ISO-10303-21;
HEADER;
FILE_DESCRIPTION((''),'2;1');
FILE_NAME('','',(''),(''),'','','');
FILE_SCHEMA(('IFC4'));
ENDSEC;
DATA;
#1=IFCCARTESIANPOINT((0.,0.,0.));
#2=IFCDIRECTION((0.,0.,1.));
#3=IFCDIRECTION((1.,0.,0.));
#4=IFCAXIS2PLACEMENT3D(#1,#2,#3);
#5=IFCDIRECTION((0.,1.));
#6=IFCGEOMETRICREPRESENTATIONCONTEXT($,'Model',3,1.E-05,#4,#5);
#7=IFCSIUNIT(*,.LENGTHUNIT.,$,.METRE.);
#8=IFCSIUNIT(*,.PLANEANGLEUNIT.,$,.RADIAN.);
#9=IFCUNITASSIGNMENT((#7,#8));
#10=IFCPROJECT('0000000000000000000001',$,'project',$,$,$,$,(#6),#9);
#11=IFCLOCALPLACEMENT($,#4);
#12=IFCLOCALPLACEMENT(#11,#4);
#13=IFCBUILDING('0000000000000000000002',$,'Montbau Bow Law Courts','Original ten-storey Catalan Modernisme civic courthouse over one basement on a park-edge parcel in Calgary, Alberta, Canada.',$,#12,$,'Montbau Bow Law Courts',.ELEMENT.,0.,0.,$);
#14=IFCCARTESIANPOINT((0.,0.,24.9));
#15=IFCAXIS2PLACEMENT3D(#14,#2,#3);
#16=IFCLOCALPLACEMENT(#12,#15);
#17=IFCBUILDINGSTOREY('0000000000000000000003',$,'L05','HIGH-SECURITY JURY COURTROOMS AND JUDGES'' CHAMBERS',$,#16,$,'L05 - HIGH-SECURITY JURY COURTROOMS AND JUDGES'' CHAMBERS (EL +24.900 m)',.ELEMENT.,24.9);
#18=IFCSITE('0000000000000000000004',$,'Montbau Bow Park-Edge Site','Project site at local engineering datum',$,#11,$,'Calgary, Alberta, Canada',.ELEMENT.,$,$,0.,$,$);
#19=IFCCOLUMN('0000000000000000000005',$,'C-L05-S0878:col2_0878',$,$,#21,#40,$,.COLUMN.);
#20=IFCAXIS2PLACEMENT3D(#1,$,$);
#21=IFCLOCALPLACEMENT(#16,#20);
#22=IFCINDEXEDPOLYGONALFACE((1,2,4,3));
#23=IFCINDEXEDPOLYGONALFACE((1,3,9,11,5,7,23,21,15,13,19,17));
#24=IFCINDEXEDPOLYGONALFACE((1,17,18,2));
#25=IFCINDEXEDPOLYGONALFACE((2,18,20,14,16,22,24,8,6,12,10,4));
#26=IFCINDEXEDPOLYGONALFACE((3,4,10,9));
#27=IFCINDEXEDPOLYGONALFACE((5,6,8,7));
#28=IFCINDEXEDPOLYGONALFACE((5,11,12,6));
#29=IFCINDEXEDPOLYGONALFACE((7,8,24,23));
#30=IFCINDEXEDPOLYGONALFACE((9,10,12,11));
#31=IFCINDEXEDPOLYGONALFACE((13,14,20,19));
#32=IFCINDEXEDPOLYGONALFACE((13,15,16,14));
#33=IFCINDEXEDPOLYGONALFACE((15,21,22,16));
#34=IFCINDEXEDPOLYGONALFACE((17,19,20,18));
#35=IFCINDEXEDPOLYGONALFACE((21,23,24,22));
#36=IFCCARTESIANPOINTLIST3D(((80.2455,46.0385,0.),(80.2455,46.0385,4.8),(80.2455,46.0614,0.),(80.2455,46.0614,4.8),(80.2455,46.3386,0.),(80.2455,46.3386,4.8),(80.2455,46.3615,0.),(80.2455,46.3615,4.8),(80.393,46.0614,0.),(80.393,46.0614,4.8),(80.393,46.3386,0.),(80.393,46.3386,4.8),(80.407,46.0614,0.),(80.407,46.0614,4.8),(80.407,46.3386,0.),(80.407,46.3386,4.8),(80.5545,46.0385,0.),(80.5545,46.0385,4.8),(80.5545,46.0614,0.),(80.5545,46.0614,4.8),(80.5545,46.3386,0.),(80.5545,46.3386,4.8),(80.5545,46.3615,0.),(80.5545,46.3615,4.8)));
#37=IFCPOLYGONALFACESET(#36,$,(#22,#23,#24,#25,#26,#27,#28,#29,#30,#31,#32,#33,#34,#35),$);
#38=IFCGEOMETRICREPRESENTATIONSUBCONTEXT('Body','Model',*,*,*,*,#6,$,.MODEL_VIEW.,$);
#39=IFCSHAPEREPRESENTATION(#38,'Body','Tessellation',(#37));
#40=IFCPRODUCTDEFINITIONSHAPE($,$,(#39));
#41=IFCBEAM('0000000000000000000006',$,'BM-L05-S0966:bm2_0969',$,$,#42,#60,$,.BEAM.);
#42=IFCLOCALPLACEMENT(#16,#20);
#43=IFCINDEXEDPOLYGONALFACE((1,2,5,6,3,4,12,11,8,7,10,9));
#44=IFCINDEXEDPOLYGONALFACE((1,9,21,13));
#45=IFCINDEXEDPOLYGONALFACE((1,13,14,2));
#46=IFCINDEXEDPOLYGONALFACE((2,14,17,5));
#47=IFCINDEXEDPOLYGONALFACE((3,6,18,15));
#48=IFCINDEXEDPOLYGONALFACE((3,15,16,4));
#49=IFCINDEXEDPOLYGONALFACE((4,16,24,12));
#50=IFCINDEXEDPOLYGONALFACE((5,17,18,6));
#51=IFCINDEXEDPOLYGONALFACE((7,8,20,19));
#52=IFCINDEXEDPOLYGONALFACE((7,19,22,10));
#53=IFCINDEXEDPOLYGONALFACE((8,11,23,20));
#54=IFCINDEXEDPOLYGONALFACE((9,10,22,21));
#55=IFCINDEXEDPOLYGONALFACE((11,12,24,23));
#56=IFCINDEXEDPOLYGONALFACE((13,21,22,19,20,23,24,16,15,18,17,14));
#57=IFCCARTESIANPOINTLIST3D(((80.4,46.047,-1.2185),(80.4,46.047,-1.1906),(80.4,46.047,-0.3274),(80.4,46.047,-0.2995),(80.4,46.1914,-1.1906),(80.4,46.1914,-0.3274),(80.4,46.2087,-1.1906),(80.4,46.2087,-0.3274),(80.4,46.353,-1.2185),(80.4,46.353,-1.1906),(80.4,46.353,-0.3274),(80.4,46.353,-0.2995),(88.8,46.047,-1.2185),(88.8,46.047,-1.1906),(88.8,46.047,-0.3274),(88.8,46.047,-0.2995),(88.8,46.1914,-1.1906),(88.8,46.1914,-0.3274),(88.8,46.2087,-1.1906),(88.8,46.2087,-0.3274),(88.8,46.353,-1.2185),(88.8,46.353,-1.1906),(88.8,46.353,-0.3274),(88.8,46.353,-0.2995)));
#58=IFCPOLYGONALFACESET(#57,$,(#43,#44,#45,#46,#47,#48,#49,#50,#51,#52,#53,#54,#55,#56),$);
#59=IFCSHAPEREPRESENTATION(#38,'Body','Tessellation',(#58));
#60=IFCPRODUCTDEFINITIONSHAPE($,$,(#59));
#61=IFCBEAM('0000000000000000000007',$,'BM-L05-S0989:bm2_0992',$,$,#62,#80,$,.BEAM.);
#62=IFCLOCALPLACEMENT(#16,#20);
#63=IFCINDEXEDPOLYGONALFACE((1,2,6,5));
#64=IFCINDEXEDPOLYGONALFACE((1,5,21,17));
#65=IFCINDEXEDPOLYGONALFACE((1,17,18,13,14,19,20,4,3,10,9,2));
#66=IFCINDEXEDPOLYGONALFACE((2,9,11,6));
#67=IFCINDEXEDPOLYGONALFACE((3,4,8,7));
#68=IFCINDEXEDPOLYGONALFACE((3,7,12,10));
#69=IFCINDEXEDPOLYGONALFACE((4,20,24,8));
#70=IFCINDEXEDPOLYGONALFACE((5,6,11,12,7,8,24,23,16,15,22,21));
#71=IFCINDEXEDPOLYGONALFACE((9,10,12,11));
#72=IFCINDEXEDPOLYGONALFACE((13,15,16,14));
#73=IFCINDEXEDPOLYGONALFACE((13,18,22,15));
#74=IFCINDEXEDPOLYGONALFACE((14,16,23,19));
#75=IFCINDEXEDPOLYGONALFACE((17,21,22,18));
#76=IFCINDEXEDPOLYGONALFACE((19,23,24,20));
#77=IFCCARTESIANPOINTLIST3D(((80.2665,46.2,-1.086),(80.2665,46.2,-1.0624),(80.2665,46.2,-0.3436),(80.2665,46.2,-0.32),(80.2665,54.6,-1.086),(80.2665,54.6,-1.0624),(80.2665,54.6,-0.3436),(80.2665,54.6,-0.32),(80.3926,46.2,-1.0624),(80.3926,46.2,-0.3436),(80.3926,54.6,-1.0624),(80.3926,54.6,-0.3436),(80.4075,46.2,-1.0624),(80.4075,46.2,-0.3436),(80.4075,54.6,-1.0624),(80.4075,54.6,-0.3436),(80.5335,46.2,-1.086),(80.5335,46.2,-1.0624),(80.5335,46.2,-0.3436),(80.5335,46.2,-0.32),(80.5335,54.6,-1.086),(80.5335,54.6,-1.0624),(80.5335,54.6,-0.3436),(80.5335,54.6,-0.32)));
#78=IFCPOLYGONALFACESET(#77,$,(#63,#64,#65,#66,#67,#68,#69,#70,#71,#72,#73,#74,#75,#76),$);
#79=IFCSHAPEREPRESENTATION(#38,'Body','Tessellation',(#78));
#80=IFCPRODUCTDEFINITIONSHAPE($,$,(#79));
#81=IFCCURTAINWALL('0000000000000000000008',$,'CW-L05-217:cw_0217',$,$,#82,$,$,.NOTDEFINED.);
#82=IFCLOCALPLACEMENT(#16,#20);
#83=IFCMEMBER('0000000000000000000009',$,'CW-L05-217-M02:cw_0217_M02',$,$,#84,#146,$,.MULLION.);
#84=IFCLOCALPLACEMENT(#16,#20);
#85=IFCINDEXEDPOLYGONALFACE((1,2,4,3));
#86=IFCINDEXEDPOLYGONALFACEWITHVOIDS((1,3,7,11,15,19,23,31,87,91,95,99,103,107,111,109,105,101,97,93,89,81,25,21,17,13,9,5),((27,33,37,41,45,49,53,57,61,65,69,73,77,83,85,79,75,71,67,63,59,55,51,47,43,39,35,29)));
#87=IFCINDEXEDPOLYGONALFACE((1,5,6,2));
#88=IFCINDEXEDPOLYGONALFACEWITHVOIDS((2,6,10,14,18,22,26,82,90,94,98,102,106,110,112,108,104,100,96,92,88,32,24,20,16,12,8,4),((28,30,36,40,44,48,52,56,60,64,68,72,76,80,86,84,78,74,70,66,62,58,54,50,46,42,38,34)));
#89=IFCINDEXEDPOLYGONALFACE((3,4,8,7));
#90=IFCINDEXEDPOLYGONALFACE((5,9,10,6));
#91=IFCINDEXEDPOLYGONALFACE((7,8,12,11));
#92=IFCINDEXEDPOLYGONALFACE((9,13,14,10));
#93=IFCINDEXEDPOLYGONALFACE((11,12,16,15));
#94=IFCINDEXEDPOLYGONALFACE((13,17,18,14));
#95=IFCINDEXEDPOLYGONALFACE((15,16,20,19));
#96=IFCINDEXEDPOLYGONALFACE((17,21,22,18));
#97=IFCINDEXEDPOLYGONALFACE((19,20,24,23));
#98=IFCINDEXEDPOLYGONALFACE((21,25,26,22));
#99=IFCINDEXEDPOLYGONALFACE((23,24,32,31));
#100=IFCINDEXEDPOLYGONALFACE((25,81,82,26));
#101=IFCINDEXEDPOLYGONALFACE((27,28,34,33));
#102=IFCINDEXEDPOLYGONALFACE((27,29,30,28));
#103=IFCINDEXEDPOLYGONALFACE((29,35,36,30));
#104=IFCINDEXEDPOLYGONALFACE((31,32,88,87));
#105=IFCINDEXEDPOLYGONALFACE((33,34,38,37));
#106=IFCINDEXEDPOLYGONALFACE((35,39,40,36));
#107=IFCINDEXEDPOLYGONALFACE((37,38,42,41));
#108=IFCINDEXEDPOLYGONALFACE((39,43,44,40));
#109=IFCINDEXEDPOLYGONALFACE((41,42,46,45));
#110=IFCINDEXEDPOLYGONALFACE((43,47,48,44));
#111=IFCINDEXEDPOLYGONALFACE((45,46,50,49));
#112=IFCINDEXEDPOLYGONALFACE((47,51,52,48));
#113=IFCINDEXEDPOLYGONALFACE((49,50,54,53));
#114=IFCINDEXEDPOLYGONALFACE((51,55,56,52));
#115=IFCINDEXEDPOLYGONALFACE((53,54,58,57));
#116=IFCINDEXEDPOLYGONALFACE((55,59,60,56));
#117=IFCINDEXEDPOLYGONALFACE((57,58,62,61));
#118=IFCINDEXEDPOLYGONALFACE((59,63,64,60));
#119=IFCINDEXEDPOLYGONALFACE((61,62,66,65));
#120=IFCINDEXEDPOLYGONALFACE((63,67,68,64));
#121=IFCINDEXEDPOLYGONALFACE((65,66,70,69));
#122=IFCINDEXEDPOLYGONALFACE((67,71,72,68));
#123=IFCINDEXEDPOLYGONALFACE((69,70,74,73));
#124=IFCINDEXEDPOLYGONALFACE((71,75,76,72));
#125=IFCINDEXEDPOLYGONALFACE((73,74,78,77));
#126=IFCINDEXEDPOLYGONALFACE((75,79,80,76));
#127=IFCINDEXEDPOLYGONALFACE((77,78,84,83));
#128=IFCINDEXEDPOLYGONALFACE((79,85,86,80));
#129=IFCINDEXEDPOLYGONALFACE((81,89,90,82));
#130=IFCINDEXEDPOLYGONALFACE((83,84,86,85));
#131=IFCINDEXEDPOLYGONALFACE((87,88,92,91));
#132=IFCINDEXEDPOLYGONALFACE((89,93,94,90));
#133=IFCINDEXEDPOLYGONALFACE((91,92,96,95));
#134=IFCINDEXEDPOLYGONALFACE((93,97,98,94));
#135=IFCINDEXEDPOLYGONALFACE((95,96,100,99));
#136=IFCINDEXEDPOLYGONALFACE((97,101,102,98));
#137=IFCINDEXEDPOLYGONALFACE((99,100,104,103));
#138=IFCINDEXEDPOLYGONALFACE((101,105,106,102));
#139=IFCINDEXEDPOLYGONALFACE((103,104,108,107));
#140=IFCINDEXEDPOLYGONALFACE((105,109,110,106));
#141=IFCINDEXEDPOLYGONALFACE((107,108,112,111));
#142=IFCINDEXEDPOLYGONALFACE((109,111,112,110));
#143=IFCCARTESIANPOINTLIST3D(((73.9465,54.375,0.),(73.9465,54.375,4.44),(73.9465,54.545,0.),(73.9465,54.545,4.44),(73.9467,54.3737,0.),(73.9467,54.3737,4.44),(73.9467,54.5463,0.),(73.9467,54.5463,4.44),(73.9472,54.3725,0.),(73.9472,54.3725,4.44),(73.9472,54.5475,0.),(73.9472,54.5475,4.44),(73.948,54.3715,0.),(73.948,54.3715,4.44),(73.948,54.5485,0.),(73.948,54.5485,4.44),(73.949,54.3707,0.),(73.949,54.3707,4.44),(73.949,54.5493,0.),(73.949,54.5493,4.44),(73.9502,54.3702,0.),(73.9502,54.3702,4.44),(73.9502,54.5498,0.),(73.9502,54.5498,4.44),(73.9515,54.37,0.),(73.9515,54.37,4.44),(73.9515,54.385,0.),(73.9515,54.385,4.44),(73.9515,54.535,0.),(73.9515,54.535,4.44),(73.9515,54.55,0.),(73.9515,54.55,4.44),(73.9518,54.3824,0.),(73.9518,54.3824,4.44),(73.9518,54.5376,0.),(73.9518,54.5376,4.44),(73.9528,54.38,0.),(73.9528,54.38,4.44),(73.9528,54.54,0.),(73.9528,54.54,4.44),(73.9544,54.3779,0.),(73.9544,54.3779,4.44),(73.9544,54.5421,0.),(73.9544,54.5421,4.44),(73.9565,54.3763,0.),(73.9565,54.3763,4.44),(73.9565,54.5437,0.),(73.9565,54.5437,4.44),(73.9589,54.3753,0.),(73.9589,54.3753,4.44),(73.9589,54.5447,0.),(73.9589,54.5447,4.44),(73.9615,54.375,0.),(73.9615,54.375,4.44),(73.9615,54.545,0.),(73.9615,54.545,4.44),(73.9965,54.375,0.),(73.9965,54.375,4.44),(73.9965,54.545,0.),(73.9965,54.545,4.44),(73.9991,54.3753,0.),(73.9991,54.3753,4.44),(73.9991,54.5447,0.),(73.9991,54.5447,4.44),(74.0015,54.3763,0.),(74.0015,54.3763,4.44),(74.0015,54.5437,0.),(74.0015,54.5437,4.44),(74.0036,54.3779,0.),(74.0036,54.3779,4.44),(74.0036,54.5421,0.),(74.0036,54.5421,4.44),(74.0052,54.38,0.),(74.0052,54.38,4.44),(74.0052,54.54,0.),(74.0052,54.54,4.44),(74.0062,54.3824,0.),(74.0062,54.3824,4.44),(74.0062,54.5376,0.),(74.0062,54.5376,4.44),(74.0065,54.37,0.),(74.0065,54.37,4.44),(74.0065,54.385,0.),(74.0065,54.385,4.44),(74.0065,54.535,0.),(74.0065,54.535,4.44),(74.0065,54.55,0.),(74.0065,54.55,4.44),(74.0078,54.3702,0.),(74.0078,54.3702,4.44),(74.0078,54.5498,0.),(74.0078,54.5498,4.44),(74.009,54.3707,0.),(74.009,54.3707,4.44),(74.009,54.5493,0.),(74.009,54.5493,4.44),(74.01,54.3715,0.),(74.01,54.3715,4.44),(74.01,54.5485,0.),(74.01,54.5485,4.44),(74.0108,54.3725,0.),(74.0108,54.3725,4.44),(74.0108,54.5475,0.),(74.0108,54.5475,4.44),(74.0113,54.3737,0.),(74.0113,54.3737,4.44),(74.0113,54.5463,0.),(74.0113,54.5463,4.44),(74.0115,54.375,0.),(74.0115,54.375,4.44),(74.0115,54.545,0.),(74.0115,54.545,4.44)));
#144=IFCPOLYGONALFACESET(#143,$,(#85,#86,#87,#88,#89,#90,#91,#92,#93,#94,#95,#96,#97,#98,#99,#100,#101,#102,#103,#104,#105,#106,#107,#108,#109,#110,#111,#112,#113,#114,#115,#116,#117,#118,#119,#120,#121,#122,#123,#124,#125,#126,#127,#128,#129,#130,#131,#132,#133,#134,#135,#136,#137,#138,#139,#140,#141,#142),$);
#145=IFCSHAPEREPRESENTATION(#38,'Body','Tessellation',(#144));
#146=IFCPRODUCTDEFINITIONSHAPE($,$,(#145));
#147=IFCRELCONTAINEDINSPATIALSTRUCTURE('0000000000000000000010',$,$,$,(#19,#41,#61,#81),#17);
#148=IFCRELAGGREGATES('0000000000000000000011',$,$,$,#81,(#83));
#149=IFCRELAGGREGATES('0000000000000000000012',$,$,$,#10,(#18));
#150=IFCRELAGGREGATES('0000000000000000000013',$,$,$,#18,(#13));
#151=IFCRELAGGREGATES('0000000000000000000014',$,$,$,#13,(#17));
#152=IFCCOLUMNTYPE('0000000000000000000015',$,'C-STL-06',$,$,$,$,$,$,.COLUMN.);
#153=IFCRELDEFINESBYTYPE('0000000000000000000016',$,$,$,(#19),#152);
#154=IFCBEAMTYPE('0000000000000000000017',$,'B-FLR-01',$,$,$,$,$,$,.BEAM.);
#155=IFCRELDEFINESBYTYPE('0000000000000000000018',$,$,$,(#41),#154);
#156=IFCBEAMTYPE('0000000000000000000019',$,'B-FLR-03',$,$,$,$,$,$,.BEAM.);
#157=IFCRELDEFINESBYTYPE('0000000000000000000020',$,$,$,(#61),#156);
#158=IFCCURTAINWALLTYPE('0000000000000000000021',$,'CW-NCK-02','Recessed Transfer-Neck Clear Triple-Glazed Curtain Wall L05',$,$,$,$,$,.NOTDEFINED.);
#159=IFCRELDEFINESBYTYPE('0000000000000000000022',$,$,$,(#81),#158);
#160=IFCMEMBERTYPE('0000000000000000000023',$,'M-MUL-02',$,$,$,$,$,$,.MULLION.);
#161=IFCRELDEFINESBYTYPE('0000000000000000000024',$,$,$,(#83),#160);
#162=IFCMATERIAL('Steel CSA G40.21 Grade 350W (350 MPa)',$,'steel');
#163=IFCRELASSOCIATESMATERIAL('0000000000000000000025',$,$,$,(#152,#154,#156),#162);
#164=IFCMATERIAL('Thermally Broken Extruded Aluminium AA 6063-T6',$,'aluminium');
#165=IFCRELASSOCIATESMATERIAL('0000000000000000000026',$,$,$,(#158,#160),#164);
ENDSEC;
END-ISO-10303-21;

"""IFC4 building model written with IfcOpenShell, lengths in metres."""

from ifc_helpers import new_model, si_unit, direction, frame, origin_with_axes, origin_2d_with_axis, place, context, subcontext, project, spatial, hollow_rectangle, i_section, extrude, material, material_profile, profile_set, type_object, element, aggregate, save


model = new_model("IFC4")

# Units and contexts
model_context = context("Model", 3, precision=1e-05, world=origin_with_axes(), true_north=direction((0.0, 1.0)))
body_context = subcontext(model_context, "Body", "Model", "MODEL_VIEW")
ifc_project = project(units=[si_unit("LENGTHUNIT", "METRE"), si_unit("PLANEANGLEUNIT", "RADIAN")], contexts=[model_context])

# Site, building, storey
site_placement = place(None, origin_with_axes())
site = spatial("IfcSite", under=ifc_project, at=site_placement, Name="Montbau Bow Park-Edge Site", Description="Project site at local engineering datum", LongName="Calgary, Alberta, Canada", CompositionType="ELEMENT", RefElevation=0.0)
building_placement = place(site_placement, origin_with_axes())
building = spatial("IfcBuilding", under=site, at=building_placement, Name="Montbau Bow Law Courts", Description="Original ten-storey Catalan Modernisme civic courthouse over one basement on a park-edge parcel in Calgary, Alberta, Canada.", LongName="Montbau Bow Law Courts", CompositionType="ELEMENT", ElevationOfRefHeight=0.0, ElevationOfTerrain=0.0)
storey_placement = place(building_placement, frame((0.0, 0.0, 24.9), z_axis=(0.0, 0.0, 1.0), x_axis=(1.0, 0.0, 0.0)))
storey = spatial("IfcBuildingStorey", under=building, at=storey_placement, Name="L05", Description="HIGH-SECURITY JURY COURTROOMS AND JUDGES' CHAMBERS", LongName="L05 - HIGH-SECURITY JURY COURTROOMS AND JUDGES' CHAMBERS (EL +24.900 m)", CompositionType="ELEMENT", Elevation=24.9)

# Column
ifc_material_1 = material(Name="Steel CSA G40.21 Grade 350W (350 MPa)", Category="steel")
ifc_material_profile_1 = material_profile(ifc_material_1, i_section(OverallWidth=0.309, OverallDepth=0.323, WebThickness=0.014, FlangeThickness=0.0229, at=origin_2d_with_axis()), Name="W310X143", Category="Main", Priority=0)
ifc_profile_set_1 = profile_set([ifc_material_profile_1], Name="Steel CSA G40.21 Grade 350W (350 MPa)")
column_type = type_object("IfcColumnType", Name="C-STL-06", PredefinedType="COLUMN", material=ifc_profile_set_1)
column_placement = place(None, frame((80.4, 46.2, 24.9), z_axis=(0.0, 0.0, 1.0), x_axis=(1.0, 0.0, 0.0)))
element("IfcColumn", 1, at=column_placement, inside=storey, type_object=column_type, Name="C-L05-S0878:col2_0878", PredefinedType="COLUMN", context=body_context, shape_type="SweptSolid", body=[
    extrude(i_section(OverallWidth=0.309, OverallDepth=0.323, WebThickness=0.014, FlangeThickness=0.0229, at=origin_2d_with_axis()), origin_with_axes(), (0.0, 0.0, 1.0), 4.8),
])

# Beams
ifc_material_profile_2 = material_profile(ifc_material_1, i_section(OverallWidth=0.306, OverallDepth=0.919, WebThickness=0.0173, FlangeThickness=0.0279, at=origin_2d_with_axis()), Name="W920X253", Category="Main", Priority=0)
ifc_profile_set_2 = profile_set([ifc_material_profile_2], Name="Steel CSA G40.21 Grade 350W (350 MPa)")
beam_type_1 = type_object("IfcBeamType", Name="B-FLR-01", PredefinedType="BEAM", material=ifc_profile_set_2)
beam_1_placement = place(None, frame((80.4, 46.2, 24.141), z_axis=(1.0, 0.0, 0.0), x_axis=(0.0, 1.0, 0.0)))
element("IfcBeam", 2, at=beam_1_placement, inside=storey, type_object=beam_type_1, Name="BM-L05-S0966:bm2_0969", PredefinedType="BEAM", context=body_context, shape_type="SweptSolid", body=[
    extrude(i_section(OverallWidth=0.306, OverallDepth=0.919, WebThickness=0.0173, FlangeThickness=0.0279, at=origin_2d_with_axis()), origin_with_axes(), (0.0, 0.0, 1.0), 8.4),
])
ifc_material_profile_3 = material_profile(ifc_material_1, i_section(OverallWidth=0.267, OverallDepth=0.766, WebThickness=0.0149, FlangeThickness=0.0236, at=origin_2d_with_axis()), Name="W760X185", Category="Main", Priority=0)
ifc_profile_set_3 = profile_set([ifc_material_profile_3], Name="Steel CSA G40.21 Grade 350W (350 MPa)")
beam_type_2 = type_object("IfcBeamType", Name="B-FLR-03", PredefinedType="BEAM", material=ifc_profile_set_3)
beam_2_placement = place(None, frame((80.4, 46.2, 24.197), z_axis=(0.0, 1.0, 0.0), x_axis=(-1.0, 0.0, 0.0)))
element("IfcBeam", 3, at=beam_2_placement, inside=storey, type_object=beam_type_2, Name="BM-L05-S0989:bm2_0992", PredefinedType="BEAM", context=body_context, shape_type="SweptSolid", body=[
    extrude(i_section(OverallWidth=0.267, OverallDepth=0.766, WebThickness=0.0149, FlangeThickness=0.0236, at=origin_2d_with_axis()), origin_with_axes(), (0.0, 0.0, 1.0), 8.4),
])

# Curtain wall, member
ifc_material_2 = material(Name="Thermally Broken Extruded Aluminium AA 6063-T6", Category="aluminium")
curtain_wall_type = type_object("IfcCurtainWallType", Name="CW-NCK-02", Description="Recessed Transfer-Neck Clear Triple-Glazed Curtain Wall L05", PredefinedType="NOTDEFINED", material=ifc_material_2)
curtain_wall_placement = place(None, frame((72.44, 54.46, 24.9), z_axis=(0.0, 0.0, 1.0), x_axis=(1.0, 0.0, 0.0)))
curtain_wall = element("IfcCurtainWall", 4, at=curtain_wall_placement, inside=storey, type_object=curtain_wall_type, Name="CW-L05-217:cw_0217", PredefinedType="NOTDEFINED")
ifc_material_profile_4 = material_profile(ifc_material_2, hollow_rectangle(XDim=0.065, YDim=0.18, WallThickness=0.005, InnerFilletRadius=0.01, OuterFilletRadius=0.005, at=origin_2d_with_axis()), Name="CWM-180X65", Category="Main", Priority=0)
ifc_profile_set_4 = profile_set([ifc_material_profile_4], Name="Thermally Broken Extruded Aluminium AA 6063-T6")
member_type_1 = type_object("IfcMemberType", Name="M-MUL-02", PredefinedType="MULLION", material=ifc_profile_set_4)
member_1_placement = place(None, frame((73.979, 54.46, 24.9), z_axis=(0.0, 0.0, 1.0), x_axis=(1.0, 0.0, 0.0)))
member_1 = element("IfcMember", 5, at=member_1_placement, type_object=member_type_1, Name="CW-L05-217-M02:cw_0217_M02", PredefinedType="MULLION", context=body_context, shape_type="SweptSolid", body=[
    extrude(hollow_rectangle(XDim=0.065, YDim=0.18, WallThickness=0.005, InnerFilletRadius=0.01, OuterFilletRadius=0.005, at=origin_2d_with_axis()), origin_with_axes(), (0.0, 0.0, 1.0), 4.44),
])
aggregate(curtain_wall, [member_1])

save(model, "model.ifc")
